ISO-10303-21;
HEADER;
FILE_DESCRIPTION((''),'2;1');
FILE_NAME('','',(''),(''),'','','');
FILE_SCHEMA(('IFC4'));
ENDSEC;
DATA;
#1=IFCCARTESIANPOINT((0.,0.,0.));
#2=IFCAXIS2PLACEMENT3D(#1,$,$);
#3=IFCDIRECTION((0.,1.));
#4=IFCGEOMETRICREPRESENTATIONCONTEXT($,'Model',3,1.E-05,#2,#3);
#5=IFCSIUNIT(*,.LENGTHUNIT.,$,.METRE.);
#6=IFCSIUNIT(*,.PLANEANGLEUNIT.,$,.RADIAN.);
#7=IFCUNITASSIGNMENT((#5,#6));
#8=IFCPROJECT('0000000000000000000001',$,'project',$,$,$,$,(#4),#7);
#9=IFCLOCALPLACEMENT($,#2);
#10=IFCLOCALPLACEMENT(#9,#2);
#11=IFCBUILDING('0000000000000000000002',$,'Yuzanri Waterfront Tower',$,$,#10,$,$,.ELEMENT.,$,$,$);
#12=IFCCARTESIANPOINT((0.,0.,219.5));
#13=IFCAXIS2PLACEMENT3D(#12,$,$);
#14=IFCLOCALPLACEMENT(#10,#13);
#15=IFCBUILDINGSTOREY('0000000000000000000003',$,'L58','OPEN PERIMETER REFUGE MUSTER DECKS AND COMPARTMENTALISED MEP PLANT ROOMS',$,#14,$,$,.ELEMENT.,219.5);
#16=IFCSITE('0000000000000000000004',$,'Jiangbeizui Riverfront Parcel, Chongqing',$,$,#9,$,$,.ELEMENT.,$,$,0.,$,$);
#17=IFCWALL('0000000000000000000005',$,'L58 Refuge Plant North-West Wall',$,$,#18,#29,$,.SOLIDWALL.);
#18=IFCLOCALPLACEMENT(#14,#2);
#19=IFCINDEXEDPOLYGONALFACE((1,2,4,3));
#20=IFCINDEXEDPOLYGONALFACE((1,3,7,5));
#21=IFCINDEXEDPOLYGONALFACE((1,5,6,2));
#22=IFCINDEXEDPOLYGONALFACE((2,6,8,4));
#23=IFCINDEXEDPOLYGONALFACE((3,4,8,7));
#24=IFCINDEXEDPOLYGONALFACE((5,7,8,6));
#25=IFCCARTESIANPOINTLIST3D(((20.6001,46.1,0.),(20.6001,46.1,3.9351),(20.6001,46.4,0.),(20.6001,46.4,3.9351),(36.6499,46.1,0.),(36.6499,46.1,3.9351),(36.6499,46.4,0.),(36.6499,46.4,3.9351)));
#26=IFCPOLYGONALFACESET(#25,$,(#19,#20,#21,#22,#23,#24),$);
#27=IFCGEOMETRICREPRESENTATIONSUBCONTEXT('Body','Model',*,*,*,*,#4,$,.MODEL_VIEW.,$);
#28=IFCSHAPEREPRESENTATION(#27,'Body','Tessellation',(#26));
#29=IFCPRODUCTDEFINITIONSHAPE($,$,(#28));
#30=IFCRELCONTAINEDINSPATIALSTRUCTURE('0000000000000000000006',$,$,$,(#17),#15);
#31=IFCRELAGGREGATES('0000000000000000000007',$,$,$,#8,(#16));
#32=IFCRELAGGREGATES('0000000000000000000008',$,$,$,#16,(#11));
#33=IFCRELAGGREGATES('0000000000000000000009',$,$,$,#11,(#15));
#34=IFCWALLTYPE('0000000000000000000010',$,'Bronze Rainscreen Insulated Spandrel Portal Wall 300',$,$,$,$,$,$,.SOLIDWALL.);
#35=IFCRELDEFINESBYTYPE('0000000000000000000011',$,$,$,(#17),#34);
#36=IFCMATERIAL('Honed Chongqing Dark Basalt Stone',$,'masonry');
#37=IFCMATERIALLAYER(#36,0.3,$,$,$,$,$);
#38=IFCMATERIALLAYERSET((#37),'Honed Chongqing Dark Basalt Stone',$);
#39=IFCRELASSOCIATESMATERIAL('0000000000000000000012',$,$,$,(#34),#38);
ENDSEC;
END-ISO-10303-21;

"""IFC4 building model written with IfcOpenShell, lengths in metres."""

from ifc_helpers import new_model, si_unit, direction, frame, frame_2d, origin, place, context, subcontext, project, spatial, rectangle, extrude, source, transform, mapped, material, layer, layer_set, type_object, element, save


model = new_model("IFC4")

# Units and contexts
model_context = context("Model", 3, precision=1e-05, world=origin(), true_north=direction((0.0, 1.0)))
body_context = subcontext(model_context, "Body", "Model", "MODEL_VIEW")
ifc_project = project(units=[si_unit("LENGTHUNIT", "METRE"), si_unit("PLANEANGLEUNIT", "RADIAN")], contexts=[model_context])

# Site, building, storey
site_placement = place(None, origin())
site = spatial("IfcSite", under=ifc_project, at=site_placement, Name="Jiangbeizui Riverfront Parcel, Chongqing", CompositionType="ELEMENT", RefElevation=0.0)
building_placement = place(site_placement, origin())
building = spatial("IfcBuilding", under=site, at=building_placement, Name="Yuzanri Waterfront Tower", CompositionType="ELEMENT")
storey_placement = place(building_placement, frame((0.0, 0.0, 219.5)))
storey = spatial("IfcBuildingStorey", under=building, at=storey_placement, Name="L58", Description="OPEN PERIMETER REFUGE MUSTER DECKS AND COMPARTMENTALISED MEP PLANT ROOMS", CompositionType="ELEMENT", Elevation=219.5)

# Wall
ifc_material_1 = material(Name="Honed Chongqing Dark Basalt Stone", Category="masonry")
ifc_layer_1 = layer(ifc_material_1, 0.3)
ifc_layer_set_1 = layer_set([ifc_layer_1], Name="Honed Chongqing Dark Basalt Stone")
wall_type = type_object("IfcWallType", Name="Bronze Rainscreen Insulated Spandrel Portal Wall 300", PredefinedType="SOLIDWALL", material=ifc_layer_set_1)
shared_shape_1 = source(origin(), body_context, "Body", "SweptSolid", [
    extrude(rectangle(XDim=16.0498, YDim=0.3, at=frame_2d((8.0249, 0.0))), origin(), (0.0, 0.0, 1.0), 3.9351),
])
wall_1_placement = place(storey_placement, frame((20.6001, 46.25, 0.0), z_axis=(0.0, 0.0, 1.0), x_axis=(1.0, 0.0, 0.0)))
element("IfcWall", 1, at=wall_1_placement, inside=storey, type_object=wall_type, Name="L58 Refuge Plant North-West Wall", PredefinedType="SOLIDWALL", context=body_context, shape_type="MappedRepresentation", body=[
    mapped(shared_shape_1, transform((0.0, 0.0, 0.0), scale=1.0)),
])

save(model, "model.ifc")
